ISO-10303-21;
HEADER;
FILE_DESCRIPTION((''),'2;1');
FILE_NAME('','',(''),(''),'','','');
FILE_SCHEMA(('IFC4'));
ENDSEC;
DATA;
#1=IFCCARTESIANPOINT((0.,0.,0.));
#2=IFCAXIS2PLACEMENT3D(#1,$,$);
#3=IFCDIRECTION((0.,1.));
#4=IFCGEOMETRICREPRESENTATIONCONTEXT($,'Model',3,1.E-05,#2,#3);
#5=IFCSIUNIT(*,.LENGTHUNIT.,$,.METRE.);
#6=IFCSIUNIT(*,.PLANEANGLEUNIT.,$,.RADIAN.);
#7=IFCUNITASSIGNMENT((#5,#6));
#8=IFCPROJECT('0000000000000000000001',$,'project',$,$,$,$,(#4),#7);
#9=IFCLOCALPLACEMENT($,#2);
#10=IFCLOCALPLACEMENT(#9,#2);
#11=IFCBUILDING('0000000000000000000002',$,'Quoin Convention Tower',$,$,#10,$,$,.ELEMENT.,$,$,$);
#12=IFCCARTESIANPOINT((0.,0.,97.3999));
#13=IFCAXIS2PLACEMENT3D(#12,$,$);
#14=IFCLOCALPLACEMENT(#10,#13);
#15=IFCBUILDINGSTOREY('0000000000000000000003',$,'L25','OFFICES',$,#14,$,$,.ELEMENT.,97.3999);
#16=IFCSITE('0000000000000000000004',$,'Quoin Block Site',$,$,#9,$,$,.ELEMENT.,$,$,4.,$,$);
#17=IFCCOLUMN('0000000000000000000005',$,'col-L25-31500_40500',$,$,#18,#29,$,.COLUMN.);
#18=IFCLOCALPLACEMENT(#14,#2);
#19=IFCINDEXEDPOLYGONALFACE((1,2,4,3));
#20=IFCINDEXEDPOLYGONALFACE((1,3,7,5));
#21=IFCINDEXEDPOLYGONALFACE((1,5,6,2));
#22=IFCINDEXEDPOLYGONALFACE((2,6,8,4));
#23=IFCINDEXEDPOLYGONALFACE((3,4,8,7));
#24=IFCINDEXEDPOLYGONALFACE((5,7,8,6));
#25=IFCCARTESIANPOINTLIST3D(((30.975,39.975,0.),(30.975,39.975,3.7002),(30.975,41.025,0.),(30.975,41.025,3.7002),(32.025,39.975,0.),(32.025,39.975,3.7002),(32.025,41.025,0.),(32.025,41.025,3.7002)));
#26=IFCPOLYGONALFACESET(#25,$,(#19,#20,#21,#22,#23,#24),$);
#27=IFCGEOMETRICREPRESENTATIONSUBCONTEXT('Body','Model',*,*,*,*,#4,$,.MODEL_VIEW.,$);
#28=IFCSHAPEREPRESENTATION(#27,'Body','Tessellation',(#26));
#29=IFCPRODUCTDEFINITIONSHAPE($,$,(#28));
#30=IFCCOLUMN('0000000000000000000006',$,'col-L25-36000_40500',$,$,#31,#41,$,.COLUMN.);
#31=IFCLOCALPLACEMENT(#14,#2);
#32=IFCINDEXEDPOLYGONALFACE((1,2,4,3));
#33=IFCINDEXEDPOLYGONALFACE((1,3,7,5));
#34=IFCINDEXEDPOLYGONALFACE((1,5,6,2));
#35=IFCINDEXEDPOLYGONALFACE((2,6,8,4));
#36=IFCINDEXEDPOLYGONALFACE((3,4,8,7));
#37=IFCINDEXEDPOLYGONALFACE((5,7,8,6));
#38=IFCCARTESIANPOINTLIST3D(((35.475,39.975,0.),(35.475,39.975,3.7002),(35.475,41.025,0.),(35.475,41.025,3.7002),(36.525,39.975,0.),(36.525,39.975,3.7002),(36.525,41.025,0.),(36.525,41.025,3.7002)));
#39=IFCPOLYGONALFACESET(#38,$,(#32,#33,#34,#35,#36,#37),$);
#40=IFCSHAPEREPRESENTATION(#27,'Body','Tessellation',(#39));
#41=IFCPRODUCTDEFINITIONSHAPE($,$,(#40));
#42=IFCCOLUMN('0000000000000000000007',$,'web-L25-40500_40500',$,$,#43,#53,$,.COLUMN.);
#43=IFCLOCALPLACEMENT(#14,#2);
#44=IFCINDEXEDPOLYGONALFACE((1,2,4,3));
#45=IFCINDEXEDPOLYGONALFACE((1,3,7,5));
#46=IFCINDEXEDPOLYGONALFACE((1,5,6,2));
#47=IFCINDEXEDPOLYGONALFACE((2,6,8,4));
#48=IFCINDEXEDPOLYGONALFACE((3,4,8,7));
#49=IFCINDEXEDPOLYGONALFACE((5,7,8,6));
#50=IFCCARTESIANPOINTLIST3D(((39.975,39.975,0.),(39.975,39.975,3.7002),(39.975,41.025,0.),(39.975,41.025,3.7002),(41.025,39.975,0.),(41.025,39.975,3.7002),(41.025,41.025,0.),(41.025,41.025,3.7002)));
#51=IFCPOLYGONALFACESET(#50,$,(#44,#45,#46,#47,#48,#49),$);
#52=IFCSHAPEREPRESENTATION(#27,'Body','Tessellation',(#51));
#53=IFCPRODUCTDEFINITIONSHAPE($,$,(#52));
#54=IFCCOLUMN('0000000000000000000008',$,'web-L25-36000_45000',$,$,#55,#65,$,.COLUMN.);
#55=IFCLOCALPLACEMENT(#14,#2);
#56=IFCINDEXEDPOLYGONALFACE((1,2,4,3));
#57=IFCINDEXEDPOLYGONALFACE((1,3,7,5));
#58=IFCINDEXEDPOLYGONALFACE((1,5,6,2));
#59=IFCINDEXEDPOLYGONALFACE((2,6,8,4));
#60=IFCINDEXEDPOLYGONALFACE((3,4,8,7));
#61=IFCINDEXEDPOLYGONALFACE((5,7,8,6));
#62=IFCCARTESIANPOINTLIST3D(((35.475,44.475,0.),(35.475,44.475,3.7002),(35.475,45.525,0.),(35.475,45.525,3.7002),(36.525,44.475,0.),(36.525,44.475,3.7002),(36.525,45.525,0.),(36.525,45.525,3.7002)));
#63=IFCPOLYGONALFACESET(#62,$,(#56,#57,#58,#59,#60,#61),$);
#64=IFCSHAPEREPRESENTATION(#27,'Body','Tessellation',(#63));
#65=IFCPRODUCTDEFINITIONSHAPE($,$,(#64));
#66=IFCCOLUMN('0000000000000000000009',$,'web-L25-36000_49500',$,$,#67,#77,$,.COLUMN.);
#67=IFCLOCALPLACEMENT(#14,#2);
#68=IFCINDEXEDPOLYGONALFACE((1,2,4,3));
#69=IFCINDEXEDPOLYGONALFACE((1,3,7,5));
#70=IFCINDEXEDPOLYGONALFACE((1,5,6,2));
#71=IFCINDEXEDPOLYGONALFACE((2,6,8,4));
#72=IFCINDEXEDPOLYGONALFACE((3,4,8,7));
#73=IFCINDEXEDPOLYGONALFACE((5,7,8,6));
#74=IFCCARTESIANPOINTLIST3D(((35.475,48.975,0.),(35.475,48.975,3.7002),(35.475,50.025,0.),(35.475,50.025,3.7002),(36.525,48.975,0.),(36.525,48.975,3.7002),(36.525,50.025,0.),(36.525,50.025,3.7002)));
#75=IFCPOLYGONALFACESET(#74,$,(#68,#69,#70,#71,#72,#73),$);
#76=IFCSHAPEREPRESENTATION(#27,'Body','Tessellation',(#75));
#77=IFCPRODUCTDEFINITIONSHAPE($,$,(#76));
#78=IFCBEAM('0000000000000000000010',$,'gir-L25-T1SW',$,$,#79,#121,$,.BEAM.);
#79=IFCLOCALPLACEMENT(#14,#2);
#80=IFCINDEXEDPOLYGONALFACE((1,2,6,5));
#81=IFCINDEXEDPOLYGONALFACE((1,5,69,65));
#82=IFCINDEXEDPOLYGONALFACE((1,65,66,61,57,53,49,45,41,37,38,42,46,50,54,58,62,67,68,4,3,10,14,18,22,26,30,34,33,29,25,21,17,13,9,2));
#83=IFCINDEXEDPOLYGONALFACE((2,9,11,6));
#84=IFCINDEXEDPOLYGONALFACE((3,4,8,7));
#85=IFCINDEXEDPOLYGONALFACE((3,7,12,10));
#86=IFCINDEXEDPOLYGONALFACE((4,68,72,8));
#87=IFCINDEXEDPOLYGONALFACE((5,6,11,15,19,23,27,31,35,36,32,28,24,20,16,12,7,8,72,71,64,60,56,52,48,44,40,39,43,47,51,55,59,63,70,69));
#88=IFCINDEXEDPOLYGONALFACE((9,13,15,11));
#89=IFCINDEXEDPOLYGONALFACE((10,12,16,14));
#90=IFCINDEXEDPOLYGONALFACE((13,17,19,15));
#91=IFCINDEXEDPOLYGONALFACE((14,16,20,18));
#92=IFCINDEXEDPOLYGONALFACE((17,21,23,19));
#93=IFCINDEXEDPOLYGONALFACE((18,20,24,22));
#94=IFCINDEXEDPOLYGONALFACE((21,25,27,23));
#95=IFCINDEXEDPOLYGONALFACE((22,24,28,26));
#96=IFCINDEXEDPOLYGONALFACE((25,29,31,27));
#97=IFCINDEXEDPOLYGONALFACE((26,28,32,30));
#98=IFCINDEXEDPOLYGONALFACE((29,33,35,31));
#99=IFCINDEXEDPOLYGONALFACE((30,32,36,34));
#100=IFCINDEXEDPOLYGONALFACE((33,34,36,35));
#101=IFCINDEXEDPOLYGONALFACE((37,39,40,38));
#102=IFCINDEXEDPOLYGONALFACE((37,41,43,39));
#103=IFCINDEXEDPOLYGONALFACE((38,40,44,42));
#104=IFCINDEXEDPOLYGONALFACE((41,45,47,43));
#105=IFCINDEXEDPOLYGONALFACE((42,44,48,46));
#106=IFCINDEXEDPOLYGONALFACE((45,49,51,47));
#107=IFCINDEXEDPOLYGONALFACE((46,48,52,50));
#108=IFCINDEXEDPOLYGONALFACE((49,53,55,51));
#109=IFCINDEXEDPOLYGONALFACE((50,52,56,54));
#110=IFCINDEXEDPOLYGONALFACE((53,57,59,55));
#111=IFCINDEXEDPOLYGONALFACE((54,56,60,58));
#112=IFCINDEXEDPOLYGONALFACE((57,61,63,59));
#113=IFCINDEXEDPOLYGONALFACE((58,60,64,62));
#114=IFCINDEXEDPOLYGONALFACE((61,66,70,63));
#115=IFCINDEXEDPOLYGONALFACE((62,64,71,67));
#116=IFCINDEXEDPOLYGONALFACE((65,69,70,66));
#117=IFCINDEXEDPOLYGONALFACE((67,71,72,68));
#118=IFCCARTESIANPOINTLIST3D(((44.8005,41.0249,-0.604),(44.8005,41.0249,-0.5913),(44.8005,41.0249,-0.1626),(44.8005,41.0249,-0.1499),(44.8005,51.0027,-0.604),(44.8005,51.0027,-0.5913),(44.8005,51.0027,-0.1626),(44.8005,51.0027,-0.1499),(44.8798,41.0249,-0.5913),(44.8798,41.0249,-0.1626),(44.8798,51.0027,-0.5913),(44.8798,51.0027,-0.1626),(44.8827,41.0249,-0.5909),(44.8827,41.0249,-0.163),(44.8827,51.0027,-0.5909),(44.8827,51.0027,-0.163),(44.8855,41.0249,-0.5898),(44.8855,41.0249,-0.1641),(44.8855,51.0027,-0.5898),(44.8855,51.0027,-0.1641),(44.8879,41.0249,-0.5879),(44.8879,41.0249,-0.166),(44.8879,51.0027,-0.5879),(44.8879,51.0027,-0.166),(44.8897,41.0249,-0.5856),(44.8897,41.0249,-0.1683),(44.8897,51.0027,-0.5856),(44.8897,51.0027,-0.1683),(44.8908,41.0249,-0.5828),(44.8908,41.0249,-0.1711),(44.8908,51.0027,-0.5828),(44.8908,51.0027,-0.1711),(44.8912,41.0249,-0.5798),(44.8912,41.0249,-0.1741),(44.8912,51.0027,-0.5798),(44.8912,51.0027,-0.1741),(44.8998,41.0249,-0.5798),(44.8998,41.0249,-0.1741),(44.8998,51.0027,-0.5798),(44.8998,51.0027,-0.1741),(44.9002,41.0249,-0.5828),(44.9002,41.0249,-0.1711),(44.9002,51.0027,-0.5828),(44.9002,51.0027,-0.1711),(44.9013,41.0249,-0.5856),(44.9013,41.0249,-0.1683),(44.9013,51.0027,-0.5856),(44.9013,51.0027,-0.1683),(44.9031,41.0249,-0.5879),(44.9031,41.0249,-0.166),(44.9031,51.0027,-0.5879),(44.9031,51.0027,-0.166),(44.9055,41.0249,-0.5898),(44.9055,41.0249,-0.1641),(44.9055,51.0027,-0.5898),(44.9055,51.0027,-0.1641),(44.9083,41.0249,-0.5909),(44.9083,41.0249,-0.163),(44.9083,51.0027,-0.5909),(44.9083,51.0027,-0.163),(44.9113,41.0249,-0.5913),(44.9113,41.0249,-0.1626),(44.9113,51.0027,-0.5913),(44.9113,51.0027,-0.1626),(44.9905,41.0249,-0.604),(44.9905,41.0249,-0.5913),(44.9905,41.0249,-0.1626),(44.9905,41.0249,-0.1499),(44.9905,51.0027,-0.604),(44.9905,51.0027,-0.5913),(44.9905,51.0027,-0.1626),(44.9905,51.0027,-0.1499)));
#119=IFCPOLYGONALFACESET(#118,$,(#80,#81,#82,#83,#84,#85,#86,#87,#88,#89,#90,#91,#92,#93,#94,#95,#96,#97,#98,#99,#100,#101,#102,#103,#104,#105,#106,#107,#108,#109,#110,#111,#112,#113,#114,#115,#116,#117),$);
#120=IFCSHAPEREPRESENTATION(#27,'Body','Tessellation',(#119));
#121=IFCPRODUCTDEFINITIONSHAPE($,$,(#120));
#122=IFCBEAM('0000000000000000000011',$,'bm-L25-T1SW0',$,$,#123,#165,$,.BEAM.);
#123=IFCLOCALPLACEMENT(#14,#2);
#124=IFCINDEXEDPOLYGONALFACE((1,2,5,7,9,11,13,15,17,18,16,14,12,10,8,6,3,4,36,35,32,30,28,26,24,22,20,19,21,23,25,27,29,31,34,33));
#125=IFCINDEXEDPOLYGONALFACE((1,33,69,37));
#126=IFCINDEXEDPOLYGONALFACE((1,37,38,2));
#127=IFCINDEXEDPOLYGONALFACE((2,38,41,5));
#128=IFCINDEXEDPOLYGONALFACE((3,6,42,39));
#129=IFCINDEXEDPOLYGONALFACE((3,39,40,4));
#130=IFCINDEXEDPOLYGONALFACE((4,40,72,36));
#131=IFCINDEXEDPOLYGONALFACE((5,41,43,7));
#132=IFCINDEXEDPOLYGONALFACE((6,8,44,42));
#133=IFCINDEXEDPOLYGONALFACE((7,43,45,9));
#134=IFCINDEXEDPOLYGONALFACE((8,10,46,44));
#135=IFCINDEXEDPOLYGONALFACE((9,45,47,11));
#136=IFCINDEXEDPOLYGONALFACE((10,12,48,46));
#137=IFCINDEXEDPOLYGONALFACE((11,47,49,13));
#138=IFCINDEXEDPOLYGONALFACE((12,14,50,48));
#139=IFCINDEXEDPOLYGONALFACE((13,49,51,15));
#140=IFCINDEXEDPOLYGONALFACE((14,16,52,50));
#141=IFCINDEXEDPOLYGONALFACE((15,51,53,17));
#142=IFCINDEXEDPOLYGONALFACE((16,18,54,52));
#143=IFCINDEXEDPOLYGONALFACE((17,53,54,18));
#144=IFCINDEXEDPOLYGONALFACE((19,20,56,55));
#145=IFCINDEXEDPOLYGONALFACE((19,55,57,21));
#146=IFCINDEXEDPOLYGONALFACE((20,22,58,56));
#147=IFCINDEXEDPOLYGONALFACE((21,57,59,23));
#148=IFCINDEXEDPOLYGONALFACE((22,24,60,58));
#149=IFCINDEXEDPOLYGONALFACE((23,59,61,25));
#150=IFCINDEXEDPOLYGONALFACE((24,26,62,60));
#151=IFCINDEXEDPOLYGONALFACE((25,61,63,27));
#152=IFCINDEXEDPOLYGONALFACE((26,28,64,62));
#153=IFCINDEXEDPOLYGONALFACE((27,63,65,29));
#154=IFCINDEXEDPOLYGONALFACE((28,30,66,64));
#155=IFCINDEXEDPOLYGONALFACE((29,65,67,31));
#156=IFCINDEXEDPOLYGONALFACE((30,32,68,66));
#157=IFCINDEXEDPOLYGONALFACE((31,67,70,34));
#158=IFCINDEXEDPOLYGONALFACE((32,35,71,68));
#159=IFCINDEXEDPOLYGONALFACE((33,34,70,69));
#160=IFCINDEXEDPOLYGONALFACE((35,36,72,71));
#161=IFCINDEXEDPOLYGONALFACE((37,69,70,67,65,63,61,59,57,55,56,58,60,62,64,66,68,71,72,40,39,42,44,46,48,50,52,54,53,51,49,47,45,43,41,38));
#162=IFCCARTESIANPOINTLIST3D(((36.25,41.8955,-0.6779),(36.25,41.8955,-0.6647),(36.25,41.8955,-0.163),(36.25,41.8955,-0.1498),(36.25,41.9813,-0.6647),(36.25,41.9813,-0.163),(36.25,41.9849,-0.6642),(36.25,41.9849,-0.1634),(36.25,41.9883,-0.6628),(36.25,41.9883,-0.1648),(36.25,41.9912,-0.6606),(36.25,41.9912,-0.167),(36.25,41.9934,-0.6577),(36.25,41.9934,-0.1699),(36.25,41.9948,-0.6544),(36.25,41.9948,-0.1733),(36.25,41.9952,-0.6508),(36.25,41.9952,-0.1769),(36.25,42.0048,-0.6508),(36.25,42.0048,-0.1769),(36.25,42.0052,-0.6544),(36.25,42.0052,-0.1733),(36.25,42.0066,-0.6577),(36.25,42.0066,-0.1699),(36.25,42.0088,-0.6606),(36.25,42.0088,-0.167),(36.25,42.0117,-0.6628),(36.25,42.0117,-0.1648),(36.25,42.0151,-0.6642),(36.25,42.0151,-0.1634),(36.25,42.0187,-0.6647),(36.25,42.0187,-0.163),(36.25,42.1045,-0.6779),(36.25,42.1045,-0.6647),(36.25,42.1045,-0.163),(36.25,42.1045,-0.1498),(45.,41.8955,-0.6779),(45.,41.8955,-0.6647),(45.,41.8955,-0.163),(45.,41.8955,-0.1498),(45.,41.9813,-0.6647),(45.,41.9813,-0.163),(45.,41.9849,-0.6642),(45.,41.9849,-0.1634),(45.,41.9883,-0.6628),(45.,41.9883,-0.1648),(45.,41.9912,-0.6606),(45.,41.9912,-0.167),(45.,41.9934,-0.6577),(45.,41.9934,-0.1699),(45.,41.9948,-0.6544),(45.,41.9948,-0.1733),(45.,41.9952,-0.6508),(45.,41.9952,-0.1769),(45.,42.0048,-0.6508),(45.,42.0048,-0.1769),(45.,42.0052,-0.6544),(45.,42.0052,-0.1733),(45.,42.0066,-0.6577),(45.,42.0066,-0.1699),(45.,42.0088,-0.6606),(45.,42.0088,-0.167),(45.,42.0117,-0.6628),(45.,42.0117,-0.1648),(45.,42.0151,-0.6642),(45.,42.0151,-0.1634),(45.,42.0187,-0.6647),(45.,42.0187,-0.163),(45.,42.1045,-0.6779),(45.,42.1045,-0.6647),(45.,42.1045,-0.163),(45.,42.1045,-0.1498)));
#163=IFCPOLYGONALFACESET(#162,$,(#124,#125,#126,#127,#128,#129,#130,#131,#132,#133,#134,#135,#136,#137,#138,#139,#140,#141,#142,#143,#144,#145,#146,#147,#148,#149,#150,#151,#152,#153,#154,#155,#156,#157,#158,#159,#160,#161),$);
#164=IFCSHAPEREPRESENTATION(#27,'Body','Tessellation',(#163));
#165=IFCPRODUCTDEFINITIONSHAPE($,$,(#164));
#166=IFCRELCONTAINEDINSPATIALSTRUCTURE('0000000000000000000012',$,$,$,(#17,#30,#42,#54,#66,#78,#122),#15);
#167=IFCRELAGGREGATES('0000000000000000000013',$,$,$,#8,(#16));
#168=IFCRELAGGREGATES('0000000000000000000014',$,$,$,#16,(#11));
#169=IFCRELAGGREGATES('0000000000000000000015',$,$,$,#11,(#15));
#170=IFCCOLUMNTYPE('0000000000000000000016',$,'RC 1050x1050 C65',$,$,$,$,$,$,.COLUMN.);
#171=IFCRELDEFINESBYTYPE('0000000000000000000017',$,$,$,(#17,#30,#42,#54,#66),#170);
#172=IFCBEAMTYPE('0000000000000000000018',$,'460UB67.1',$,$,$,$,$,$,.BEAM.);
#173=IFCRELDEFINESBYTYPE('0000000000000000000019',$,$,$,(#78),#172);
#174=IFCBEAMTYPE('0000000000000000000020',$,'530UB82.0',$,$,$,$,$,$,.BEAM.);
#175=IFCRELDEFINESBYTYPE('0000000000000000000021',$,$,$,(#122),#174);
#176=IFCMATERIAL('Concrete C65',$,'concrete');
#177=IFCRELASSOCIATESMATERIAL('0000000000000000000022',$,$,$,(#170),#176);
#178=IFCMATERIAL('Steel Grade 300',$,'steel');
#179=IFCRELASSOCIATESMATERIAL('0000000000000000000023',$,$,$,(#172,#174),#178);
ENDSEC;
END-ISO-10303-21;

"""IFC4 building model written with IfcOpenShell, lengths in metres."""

from ifc_helpers import new_model, si_unit, direction, frame, origin, origin_2d, place, context, subcontext, project, spatial, rectangle, i_section, extrude, material, material_profile, profile_set, type_object, element, save


model = new_model("IFC4")

# Units and contexts
model_context = context("Model", 3, precision=1e-05, world=origin(), true_north=direction((0.0, 1.0)))
body_context = subcontext(model_context, "Body", "Model", "MODEL_VIEW")
ifc_project = project(units=[si_unit("LENGTHUNIT", "METRE"), si_unit("PLANEANGLEUNIT", "RADIAN")], contexts=[model_context])

# Site, building, storey
site_placement = place(None, origin())
site = spatial("IfcSite", under=ifc_project, at=site_placement, Name="Quoin Block Site", CompositionType="ELEMENT", RefElevation=4.0)
building_placement = place(site_placement, origin())
building = spatial("IfcBuilding", under=site, at=building_placement, Name="Quoin Convention Tower", CompositionType="ELEMENT")
storey_placement = place(building_placement, frame((0.0, 0.0, 97.3999)))
storey = spatial("IfcBuildingStorey", under=building, at=storey_placement, Name="L25", Description="OFFICES", CompositionType="ELEMENT", Elevation=97.3999)

# Columns
ifc_material_1 = material(Name="Concrete C65", Category="concrete")
ifc_material_profile_1 = material_profile(ifc_material_1, rectangle(XDim=1.05, YDim=1.05, at=origin_2d()), Name="RC 1050x1050")
ifc_profile_set_1 = profile_set([ifc_material_profile_1], Name="Concrete C65")
column_type = type_object("IfcColumnType", Name="RC 1050x1050 C65", PredefinedType="COLUMN", material=ifc_profile_set_1)
for number, where, z_axis, x_axis, name in (
    (1, (31.5, 40.5, 0.0), (0.0, 0.0, 1.0), (1.0, 0.0, 0.0), "col-L25-31500_40500"),
    (2, (36.0, 40.5, 0.0), (0.0, 0.0, 1.0), (1.0, 0.0, 0.0), "col-L25-36000_40500"),
    (3, (40.5, 40.5, 0.0), (0.0, 0.0, 1.0), (1.0, 0.0, 0.0), "web-L25-40500_40500"),
    (4, (36.0, 45.0, 0.0), (0.0, 0.0, 1.0), (1.0, 0.0, 0.0), "web-L25-36000_45000"),
    (5, (36.0, 49.5, 0.0), (0.0, 0.0, 1.0), (1.0, 0.0, 0.0), "web-L25-36000_49500"),
):
    element("IfcColumn", number, at=place(storey_placement, frame(where, z_axis=z_axis, x_axis=x_axis)), inside=storey, type_object=column_type, Name=name, PredefinedType="COLUMN", context=body_context, shape_type="SweptSolid", body=[
        extrude(rectangle(XDim=1.05, YDim=1.05, at=origin_2d()), origin(), (0.0, 0.0, 1.0), 3.7002),
    ])

# Beams
ifc_material_2 = material(Name="Steel Grade 300", Category="steel")
ifc_material_profile_2 = material_profile(ifc_material_2, i_section(OverallWidth=0.1899, OverallDepth=0.4541, WebThickness=0.0085, FlangeThickness=0.0127, FilletRadius=0.0115, at=origin_2d()), Name="460UB67.1")
ifc_profile_set_2 = profile_set([ifc_material_profile_2], Name="Steel Grade 300")
beam_type_1 = type_object("IfcBeamType", Name="460UB67.1", PredefinedType="BEAM", material=ifc_profile_set_2)
beam_1_placement = place(storey_placement, frame((44.8955, 41.0249, -0.377), z_axis=(0.0, 1.0, 0.0), x_axis=(-1.0, 0.0, 0.0)))
element("IfcBeam", 6, at=beam_1_placement, inside=storey, type_object=beam_type_1, Name="gir-L25-T1SW", PredefinedType="BEAM", context=body_context, shape_type="SweptSolid", body=[
    extrude(i_section(OverallWidth=0.1899, OverallDepth=0.4541, WebThickness=0.0085, FlangeThickness=0.0127, FilletRadius=0.0115, at=origin_2d()), origin(), (0.0, 0.0, 1.0), 9.9778),
])
ifc_material_profile_3 = material_profile(ifc_material_2, i_section(OverallWidth=0.209, OverallDepth=0.5281, WebThickness=0.0095, FlangeThickness=0.0132, FilletRadius=0.0139, at=origin_2d()), Name="530UB82.0")
ifc_profile_set_3 = profile_set([ifc_material_profile_3], Name="Steel Grade 300")
beam_type_2 = type_object("IfcBeamType", Name="530UB82.0", PredefinedType="BEAM", material=ifc_profile_set_3)
beam_2_placement = place(storey_placement, frame((36.25, 42.0, -0.4138), z_axis=(1.0, 0.0, 0.0), x_axis=(0.0, 1.0, 0.0)))
element("IfcBeam", 7, at=beam_2_placement, inside=storey, type_object=beam_type_2, Name="bm-L25-T1SW0", PredefinedType="BEAM", context=body_context, shape_type="SweptSolid", body=[
    extrude(i_section(OverallWidth=0.209, OverallDepth=0.5281, WebThickness=0.0095, FlangeThickness=0.0132, FilletRadius=0.0139, at=origin_2d()), origin(), (0.0, 0.0, 1.0), 8.75),
])

save(model, "model.ifc")
